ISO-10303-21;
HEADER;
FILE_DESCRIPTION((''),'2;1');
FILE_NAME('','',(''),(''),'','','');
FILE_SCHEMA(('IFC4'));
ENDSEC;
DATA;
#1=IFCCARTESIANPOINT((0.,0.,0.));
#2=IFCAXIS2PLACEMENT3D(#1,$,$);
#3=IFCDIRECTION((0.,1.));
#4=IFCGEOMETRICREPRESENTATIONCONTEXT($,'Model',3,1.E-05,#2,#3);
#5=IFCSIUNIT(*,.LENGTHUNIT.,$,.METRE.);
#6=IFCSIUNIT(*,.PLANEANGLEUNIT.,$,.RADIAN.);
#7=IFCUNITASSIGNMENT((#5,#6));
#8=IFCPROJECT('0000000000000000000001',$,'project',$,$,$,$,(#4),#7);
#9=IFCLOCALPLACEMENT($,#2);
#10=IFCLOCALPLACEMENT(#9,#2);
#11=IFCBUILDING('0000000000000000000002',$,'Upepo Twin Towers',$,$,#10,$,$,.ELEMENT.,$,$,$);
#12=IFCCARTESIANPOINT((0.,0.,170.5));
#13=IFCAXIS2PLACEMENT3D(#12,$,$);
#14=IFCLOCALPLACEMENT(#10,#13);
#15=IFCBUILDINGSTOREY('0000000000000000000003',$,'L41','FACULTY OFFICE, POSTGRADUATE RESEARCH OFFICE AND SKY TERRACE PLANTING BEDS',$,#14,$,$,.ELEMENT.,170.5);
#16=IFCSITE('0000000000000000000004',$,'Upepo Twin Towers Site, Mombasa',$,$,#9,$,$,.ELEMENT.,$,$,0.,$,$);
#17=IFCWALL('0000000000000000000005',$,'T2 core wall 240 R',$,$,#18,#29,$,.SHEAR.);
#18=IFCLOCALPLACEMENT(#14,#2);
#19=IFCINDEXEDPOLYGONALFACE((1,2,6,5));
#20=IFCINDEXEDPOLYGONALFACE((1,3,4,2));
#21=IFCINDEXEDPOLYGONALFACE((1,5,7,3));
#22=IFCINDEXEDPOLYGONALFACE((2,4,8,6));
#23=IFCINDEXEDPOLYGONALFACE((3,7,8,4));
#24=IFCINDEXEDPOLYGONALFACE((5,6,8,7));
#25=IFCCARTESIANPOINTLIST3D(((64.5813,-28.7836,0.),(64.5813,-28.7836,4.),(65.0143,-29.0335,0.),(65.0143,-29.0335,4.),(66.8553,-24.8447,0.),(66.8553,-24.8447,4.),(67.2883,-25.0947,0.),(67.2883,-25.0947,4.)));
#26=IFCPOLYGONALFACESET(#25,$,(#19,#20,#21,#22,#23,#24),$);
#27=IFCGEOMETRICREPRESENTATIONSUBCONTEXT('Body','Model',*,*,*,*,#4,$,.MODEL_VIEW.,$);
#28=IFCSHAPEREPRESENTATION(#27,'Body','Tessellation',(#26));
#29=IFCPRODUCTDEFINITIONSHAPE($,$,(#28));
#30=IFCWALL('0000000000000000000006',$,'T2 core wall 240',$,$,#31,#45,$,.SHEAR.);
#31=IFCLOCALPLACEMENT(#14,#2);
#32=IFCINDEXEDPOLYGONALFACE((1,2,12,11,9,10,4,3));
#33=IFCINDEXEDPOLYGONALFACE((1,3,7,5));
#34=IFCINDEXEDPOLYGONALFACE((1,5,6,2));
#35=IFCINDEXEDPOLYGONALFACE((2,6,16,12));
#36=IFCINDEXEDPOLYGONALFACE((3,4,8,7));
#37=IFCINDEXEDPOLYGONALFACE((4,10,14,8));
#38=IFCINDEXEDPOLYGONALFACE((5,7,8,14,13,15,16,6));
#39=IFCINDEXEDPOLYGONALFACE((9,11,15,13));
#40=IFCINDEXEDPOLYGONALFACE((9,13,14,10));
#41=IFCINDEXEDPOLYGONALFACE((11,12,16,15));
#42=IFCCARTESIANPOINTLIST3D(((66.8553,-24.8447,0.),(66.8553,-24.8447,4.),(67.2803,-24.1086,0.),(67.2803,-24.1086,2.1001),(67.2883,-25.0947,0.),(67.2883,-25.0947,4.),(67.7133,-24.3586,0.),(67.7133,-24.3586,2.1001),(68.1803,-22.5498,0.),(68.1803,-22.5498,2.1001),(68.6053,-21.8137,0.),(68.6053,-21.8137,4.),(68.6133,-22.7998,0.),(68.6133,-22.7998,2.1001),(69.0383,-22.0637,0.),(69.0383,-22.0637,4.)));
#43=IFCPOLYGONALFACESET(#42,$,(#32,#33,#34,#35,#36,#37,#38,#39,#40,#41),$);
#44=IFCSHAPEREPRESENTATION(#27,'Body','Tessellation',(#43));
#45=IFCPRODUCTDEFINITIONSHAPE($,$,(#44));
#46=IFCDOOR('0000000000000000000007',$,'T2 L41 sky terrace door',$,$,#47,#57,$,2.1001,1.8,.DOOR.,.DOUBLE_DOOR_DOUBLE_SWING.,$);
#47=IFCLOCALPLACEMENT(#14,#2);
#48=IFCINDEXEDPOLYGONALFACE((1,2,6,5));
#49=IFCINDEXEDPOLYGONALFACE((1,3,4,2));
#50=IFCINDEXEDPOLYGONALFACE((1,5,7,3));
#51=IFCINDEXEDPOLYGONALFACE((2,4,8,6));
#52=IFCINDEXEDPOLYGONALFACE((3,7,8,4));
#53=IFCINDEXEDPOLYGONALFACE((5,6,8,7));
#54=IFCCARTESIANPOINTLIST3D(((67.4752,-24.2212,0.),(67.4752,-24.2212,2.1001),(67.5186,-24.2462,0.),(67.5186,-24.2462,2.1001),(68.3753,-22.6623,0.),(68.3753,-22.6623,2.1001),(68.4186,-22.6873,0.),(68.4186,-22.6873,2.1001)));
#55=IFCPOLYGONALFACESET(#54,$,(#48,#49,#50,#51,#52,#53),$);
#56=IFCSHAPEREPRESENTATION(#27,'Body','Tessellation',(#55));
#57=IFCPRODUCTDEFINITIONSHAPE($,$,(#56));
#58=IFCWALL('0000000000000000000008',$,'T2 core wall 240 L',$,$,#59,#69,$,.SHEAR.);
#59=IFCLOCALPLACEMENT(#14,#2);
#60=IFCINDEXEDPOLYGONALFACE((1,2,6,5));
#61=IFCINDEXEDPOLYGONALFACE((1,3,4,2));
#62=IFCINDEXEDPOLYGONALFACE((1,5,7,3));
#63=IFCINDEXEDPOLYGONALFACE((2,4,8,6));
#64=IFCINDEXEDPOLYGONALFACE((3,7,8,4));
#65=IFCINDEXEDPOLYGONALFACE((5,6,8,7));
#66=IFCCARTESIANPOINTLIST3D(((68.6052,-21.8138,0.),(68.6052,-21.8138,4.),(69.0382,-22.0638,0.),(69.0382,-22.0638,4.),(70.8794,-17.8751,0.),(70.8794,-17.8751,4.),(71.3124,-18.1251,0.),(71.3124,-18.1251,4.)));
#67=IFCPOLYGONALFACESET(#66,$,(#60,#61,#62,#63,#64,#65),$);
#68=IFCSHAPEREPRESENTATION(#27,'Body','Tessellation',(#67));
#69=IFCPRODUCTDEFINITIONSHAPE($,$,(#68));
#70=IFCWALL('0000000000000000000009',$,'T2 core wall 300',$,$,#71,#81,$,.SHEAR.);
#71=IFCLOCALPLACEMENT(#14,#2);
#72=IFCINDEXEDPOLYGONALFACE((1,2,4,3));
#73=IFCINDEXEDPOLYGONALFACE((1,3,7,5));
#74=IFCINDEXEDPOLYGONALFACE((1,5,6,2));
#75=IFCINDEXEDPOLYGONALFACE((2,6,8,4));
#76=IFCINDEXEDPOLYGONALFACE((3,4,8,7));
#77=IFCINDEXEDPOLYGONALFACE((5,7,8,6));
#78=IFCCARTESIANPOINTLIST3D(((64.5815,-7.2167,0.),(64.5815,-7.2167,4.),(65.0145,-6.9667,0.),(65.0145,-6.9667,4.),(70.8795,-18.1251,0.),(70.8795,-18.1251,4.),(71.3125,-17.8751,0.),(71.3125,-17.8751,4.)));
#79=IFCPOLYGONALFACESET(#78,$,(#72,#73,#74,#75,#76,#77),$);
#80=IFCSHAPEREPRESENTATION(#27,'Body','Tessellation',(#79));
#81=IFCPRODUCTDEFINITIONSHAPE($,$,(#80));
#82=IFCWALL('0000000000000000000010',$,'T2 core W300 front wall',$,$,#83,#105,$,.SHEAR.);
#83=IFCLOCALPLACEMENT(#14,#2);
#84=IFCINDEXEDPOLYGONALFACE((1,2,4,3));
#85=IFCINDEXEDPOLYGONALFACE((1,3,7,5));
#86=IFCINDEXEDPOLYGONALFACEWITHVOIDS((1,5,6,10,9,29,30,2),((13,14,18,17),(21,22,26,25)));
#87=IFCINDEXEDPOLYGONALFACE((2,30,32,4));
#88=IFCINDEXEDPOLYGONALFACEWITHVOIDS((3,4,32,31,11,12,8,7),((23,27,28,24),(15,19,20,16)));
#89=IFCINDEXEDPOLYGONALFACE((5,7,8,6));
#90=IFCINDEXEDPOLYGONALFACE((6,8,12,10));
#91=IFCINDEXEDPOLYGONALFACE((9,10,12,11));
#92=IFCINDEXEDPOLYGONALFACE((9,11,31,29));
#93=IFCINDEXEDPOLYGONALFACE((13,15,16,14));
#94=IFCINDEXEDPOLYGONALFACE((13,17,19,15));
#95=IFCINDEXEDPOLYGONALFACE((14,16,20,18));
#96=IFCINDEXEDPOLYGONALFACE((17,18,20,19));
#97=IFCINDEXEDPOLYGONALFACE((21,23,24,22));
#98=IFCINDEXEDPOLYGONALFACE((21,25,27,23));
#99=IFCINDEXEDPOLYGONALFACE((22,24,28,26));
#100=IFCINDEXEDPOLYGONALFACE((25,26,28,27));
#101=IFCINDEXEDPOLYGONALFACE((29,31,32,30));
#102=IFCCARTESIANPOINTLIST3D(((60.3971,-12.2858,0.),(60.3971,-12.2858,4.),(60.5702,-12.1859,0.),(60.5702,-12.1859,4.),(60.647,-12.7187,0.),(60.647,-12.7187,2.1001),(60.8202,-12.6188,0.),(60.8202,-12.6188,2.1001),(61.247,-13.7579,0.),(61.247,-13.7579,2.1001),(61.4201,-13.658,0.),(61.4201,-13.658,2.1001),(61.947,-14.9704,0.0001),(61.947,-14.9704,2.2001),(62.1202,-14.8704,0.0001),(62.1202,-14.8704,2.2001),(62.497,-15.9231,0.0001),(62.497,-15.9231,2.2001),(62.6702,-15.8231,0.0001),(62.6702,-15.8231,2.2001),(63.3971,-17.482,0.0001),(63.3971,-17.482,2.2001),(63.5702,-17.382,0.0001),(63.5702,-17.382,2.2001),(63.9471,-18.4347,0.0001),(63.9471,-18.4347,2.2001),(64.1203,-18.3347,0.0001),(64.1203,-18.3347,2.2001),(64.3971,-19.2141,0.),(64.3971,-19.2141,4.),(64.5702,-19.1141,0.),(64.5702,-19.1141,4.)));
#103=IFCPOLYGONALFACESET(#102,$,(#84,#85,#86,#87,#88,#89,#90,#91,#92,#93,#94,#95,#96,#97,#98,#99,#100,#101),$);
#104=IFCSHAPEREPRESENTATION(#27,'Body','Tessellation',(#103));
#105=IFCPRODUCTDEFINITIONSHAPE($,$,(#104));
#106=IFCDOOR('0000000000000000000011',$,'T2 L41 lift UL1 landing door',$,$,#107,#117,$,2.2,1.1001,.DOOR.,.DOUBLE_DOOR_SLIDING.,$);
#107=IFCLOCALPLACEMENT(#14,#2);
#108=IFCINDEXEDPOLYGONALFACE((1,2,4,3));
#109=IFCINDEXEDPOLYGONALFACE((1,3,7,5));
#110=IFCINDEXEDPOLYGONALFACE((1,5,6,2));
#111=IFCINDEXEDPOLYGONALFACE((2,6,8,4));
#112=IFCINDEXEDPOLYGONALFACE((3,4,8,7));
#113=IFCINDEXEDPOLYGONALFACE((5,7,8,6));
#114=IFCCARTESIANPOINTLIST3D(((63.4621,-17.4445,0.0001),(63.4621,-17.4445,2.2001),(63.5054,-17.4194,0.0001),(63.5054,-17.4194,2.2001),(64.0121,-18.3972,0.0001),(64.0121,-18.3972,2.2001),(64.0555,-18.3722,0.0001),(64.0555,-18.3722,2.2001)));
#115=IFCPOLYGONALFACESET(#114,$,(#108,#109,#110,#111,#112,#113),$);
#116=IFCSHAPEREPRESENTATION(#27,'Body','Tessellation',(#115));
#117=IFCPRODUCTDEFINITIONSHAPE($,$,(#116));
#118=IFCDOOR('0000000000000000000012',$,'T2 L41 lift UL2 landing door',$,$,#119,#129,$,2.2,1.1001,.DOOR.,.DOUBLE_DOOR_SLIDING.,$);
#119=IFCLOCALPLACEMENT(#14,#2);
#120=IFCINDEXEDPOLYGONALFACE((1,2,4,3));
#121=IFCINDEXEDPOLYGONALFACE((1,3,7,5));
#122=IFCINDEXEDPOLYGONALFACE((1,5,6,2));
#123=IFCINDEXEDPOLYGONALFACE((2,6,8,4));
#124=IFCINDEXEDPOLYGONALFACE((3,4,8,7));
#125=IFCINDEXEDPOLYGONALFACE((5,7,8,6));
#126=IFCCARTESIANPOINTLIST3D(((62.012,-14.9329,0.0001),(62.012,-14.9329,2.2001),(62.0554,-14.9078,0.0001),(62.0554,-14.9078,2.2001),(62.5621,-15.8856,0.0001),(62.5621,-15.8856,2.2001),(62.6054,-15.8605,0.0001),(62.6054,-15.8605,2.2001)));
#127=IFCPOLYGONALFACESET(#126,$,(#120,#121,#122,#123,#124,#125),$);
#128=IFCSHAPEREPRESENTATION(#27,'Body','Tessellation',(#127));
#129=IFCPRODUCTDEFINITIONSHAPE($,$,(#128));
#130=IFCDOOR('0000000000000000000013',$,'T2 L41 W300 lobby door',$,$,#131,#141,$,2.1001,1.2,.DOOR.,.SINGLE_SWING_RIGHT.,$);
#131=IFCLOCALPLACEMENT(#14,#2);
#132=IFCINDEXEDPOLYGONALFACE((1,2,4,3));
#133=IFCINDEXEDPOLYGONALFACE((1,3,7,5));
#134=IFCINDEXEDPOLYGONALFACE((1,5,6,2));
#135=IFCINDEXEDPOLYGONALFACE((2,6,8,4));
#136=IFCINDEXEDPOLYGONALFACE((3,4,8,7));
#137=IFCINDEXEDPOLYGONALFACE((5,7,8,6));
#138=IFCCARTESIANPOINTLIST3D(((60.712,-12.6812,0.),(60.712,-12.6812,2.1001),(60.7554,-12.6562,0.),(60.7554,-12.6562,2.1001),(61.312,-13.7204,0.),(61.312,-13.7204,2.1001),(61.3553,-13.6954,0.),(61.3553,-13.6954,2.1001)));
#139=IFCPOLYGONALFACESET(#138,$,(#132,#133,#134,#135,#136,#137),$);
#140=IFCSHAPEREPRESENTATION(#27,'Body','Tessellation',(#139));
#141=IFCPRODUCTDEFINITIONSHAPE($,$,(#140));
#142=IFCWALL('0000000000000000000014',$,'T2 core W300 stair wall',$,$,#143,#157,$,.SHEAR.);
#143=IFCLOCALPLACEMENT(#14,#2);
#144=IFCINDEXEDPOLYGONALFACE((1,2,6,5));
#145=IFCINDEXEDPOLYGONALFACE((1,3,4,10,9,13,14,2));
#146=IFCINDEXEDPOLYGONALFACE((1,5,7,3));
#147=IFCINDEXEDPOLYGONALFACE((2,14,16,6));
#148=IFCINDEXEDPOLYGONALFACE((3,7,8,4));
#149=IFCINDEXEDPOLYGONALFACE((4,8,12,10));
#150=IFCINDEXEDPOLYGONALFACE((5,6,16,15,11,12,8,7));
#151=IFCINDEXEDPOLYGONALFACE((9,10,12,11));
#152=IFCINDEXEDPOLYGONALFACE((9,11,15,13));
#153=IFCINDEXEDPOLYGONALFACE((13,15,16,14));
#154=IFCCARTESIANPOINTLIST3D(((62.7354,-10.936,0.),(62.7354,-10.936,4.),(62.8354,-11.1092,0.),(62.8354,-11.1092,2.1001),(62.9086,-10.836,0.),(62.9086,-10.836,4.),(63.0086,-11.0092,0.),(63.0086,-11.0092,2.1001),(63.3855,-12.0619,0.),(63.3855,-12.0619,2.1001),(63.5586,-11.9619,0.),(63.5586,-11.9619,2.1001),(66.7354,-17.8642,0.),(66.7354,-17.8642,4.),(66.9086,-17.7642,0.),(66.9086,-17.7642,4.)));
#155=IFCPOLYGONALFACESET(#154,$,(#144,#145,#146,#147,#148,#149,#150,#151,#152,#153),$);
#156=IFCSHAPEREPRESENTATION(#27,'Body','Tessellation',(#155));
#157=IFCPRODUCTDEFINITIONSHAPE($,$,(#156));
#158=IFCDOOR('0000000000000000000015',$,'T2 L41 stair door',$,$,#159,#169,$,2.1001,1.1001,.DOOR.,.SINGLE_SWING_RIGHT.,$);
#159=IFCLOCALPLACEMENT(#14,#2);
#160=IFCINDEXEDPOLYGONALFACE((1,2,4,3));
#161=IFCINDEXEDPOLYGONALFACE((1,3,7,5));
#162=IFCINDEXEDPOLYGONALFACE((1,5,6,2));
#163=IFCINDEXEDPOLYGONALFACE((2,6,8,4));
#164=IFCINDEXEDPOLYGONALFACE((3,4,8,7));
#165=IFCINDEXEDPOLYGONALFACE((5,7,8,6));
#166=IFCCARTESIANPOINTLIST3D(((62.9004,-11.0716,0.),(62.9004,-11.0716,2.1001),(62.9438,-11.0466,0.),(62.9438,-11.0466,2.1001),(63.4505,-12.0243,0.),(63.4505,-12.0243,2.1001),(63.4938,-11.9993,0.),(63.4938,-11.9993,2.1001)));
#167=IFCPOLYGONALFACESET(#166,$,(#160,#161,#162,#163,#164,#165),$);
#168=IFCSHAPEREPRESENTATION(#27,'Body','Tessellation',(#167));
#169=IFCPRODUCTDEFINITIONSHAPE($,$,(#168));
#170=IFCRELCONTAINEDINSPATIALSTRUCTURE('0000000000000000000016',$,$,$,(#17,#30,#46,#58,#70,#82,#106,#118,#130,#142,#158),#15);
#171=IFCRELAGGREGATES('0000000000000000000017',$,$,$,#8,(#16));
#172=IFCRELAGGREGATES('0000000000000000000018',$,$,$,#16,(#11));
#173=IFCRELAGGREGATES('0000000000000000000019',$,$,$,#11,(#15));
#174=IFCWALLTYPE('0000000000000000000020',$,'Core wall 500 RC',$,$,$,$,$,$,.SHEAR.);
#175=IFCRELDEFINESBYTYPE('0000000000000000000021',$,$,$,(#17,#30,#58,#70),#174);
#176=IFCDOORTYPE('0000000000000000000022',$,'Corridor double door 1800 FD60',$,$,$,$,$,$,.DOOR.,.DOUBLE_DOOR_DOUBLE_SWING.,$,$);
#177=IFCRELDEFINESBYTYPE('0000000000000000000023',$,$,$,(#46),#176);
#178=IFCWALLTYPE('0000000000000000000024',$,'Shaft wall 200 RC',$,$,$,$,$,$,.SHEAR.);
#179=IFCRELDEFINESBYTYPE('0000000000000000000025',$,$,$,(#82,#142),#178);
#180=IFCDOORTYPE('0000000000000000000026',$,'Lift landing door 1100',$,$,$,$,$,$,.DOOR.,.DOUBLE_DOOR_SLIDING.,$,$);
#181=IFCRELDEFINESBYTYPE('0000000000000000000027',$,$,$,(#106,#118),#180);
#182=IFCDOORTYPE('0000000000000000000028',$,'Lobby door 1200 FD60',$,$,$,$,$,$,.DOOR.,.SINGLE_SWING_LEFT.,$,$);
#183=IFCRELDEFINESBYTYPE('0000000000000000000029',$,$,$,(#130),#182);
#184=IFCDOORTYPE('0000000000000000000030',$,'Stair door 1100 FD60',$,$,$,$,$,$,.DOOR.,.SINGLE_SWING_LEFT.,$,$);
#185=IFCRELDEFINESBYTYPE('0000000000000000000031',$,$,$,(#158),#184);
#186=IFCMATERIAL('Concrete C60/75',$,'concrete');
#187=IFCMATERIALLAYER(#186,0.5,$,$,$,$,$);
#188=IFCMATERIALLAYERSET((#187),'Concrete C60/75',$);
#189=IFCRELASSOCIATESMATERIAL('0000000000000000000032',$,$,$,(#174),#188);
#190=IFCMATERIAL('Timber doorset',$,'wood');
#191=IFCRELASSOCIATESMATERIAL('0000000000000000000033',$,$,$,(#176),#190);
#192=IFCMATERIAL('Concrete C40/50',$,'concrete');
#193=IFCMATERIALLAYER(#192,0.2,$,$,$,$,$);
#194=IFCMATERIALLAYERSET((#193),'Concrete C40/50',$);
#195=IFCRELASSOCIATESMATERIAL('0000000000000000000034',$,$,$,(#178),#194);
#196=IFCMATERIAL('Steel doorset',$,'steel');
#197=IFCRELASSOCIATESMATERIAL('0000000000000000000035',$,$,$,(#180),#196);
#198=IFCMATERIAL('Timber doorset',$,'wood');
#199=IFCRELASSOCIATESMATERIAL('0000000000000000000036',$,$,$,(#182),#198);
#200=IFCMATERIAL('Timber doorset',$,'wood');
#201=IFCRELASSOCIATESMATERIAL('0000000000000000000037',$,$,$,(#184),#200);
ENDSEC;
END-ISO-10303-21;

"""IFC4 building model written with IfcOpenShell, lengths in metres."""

from ifc_helpers import new_model, si_unit, direction, frame, frame_2d, origin, place, context, subcontext, project, spatial, rectangle, extrude, material, layer, layer_set, type_object, element, fill, save


model = new_model("IFC4")

# Units and contexts
model_context = context("Model", 3, precision=1e-05, world=origin(), true_north=direction((0.0, 1.0)))
body_context = subcontext(model_context, "Body", "Model", "MODEL_VIEW")
ifc_project = project(units=[si_unit("LENGTHUNIT", "METRE"), si_unit("PLANEANGLEUNIT", "RADIAN")], contexts=[model_context])

# Site, building, storey
site_placement = place(None, origin())
site = spatial("IfcSite", under=ifc_project, at=site_placement, Name="Upepo Twin Towers Site, Mombasa", CompositionType="ELEMENT", RefElevation=0.0)
building_placement = place(site_placement, origin())
building = spatial("IfcBuilding", under=site, at=building_placement, Name="Upepo Twin Towers", CompositionType="ELEMENT")
storey_placement = place(building_placement, frame((0.0, 0.0, 170.5)))
storey = spatial("IfcBuildingStorey", under=building, at=storey_placement, Name="L41", Description="FACULTY OFFICE, POSTGRADUATE RESEARCH OFFICE AND SKY TERRACE PLANTING BEDS", CompositionType="ELEMENT", Elevation=170.5)

# Wall
ifc_material_1 = material(Name="Concrete C60/75", Category="concrete")
ifc_layer_1 = layer(ifc_material_1, 0.5)
ifc_layer_set_1 = layer_set([ifc_layer_1], Name="Concrete C60/75")
wall_type_1 = type_object("IfcWallType", Name="Core wall 500 RC", PredefinedType="SHEAR", material=ifc_layer_set_1)
wall_1_placement = place(storey_placement, frame((64.7979, -28.9084, 0.0), z_axis=(0.0, 0.0, 1.0), x_axis=(0.499984, 0.866035, 0.0)))
element("IfcWall", 1, at=wall_1_placement, inside=storey, type_object=wall_type_1, Name="T2 core wall 240 R", PredefinedType="SHEAR", context=body_context, shape_type="SweptSolid", body=[
    extrude(rectangle(XDim=4.5481, YDim=0.5, at=frame_2d((2.2739, 0.0))), origin(), (0.0, 0.0, 1.0), 4.0),
])

# Wall, opening, door
wall_2_placement = place(storey_placement, frame((67.0718, -24.9697, 0.0), z_axis=(0.0, 0.0, 1.0), x_axis=(0.50001, 0.866019, 0.0)))
wall_2 = element("IfcWall", 2, at=wall_2_placement, inside=storey, type_object=wall_type_1, Name="T2 core wall 240", PredefinedType="SHEAR", context=body_context, shape_type="SweptSolid", body=[
    extrude(rectangle(XDim=3.5, YDim=0.5, at=frame_2d((1.75, 0.0))), origin(), (0.0, 0.0, 1.0), 4.0),
])
opening_1_placement = place(wall_2_placement, frame((0.8501, 0.0, 0.0)))
opening_1 = element("IfcOpeningElement", 3, at=opening_1_placement, cuts=wall_2, PredefinedType="OPENING", context=body_context, shape_type="SweptSolid", body=[
    extrude(rectangle(XDim=1.8, YDim=2.1001, at=frame_2d((0.8999, 1.05))), frame((0.0, 0.26, 0.0), z_axis=(0.0, -1.0, 0.0), x_axis=(1.0, 0.0, 0.0)), (0.0, 0.0, 1.0), 0.52),
])
ifc_material_2 = material(Name="Timber doorset", Category="wood")
door_type_1 = type_object("IfcDoorType", Name="Corridor double door 1800 FD60", OperationType="DOUBLE_DOOR_DOUBLE_SWING", PredefinedType="DOOR", material=ifc_material_2)
door_1_placement = place(opening_1_placement, origin())
door_1 = element("IfcDoor", 4, at=door_1_placement, inside=storey, type_object=door_type_1, Name="T2 L41 sky terrace door", OperationType="DOUBLE_DOOR_DOUBLE_SWING", OverallHeight=2.1001, OverallWidth=1.8, PredefinedType="DOOR", context=body_context, shape_type="SweptSolid", body=[
    extrude(rectangle(XDim=1.8, YDim=2.1001, at=frame_2d((0.8999, 1.05))), frame((0.0, 0.0249, 0.0), z_axis=(0.0, -1.0, 0.0), x_axis=(1.0, 0.0, 0.0)), (0.0, 0.0, 1.0), 0.05),
])
fill(opening_1, door_1)

# Walls
wall_3_placement = place(storey_placement, frame((68.8218, -21.9387, 0.0), z_axis=(0.0, 0.0, 1.0), x_axis=(0.500024, 0.866011, 0.0)))
element("IfcWall", 5, at=wall_3_placement, inside=storey, type_object=wall_type_1, Name="T2 core wall 240 L", PredefinedType="SHEAR", context=body_context, shape_type="SweptSolid", body=[
    extrude(rectangle(XDim=4.5481, YDim=0.5, at=frame_2d((2.2739, 0.0))), origin(), (0.0, 0.0, 1.0), 4.0),
])
wall_4_placement = place(storey_placement, frame((71.0959, -18.0, 0.0), z_axis=(0.0, 0.0, 1.0), x_axis=(-0.500006, 0.866022, 0.0)))
element("IfcWall", 6, at=wall_4_placement, inside=storey, type_object=wall_type_1, Name="T2 core wall 300", PredefinedType="SHEAR", context=body_context, shape_type="SweptSolid", body=[
    extrude(rectangle(XDim=12.5959, YDim=0.5, at=frame_2d((6.2979, 0.0))), origin(), (0.0, 0.0, 1.0), 4.0),
])

# Wall, openings, doors
ifc_material_3 = material(Name="Concrete C40/50", Category="concrete")
ifc_layer_2 = layer(ifc_material_3, 0.2)
ifc_layer_set_2 = layer_set([ifc_layer_2], Name="Concrete C40/50")
wall_type_2 = type_object("IfcWallType", Name="Shaft wall 200 RC", PredefinedType="SHEAR", material=ifc_layer_set_2)
wall_5_placement = place(storey_placement, frame((64.4836, -19.1641, 0.0), z_axis=(0.0, 0.0, 1.0), x_axis=(-0.499999, 0.866026, 0.0)))
wall_5 = element("IfcWall", 7, at=wall_5_placement, inside=storey, type_object=wall_type_2, Name="T2 core W300 front wall", PredefinedType="SHEAR", context=body_context, shape_type="SweptSolid", body=[
    extrude(rectangle(XDim=8.0, YDim=0.2, at=frame_2d((4.0, 0.0))), origin(), (0.0, 0.0, 1.0), 4.0),
])
opening_2_placement = place(wall_5_placement, frame((6.3, 0.0, 0.0)))
opening_2 = element("IfcOpeningElement", 8, at=opening_2_placement, cuts=wall_5, PredefinedType="OPENING", context=body_context, shape_type="SweptSolid", body=[
    extrude(rectangle(XDim=1.2, YDim=2.1001, at=frame_2d((0.6001, 1.05))), frame((0.0, 0.1099, 0.0), z_axis=(0.0, -1.0, 0.0), x_axis=(1.0, 0.0, 0.0)), (0.0, 0.0, 1.0), 0.22),
])
opening_3_placement = place(wall_5_placement, frame((0.8999, 0.0, 0.0)))
opening_3 = element("IfcOpeningElement", 9, at=opening_3_placement, cuts=wall_5, PredefinedType="OPENING", context=body_context, shape_type="SweptSolid", body=[
    extrude(rectangle(XDim=1.1001, YDim=2.2, at=frame_2d((0.55, 1.1001))), frame((0.0, 0.1099, 0.0), z_axis=(0.0, -1.0, 0.0), x_axis=(1.0, 0.0, 0.0)), (0.0, 0.0, 1.0), 0.22),
])
opening_4_placement = place(wall_5_placement, frame((3.8, 0.0, 0.0)))
opening_4 = element("IfcOpeningElement", 10, at=opening_4_placement, cuts=wall_5, PredefinedType="OPENING", context=body_context, shape_type="SweptSolid", body=[
    extrude(rectangle(XDim=1.1001, YDim=2.2, at=frame_2d((0.55, 1.1001))), frame((0.0, 0.1099, 0.0), z_axis=(0.0, -1.0, 0.0), x_axis=(1.0, 0.0, 0.0)), (0.0, 0.0, 1.0), 0.22),
])
ifc_material_4 = material(Name="Steel doorset", Category="steel")
door_type_2 = type_object("IfcDoorType", Name="Lift landing door 1100", OperationType="DOUBLE_DOOR_SLIDING", PredefinedType="DOOR", material=ifc_material_4)
door_2_placement = place(opening_3_placement, origin())
door_2 = element("IfcDoor", 11, at=door_2_placement, inside=storey, type_object=door_type_2, Name="T2 L41 lift UL1 landing door", OperationType="DOUBLE_DOOR_SLIDING", OverallHeight=2.2, OverallWidth=1.1001, PredefinedType="DOOR", context=body_context, shape_type="SweptSolid", body=[
    extrude(rectangle(XDim=1.1001, YDim=2.2, at=frame_2d((0.55, 1.1001))), frame((0.0, 0.0249, 0.0), z_axis=(0.0, -1.0, 0.0), x_axis=(1.0, 0.0, 0.0)), (0.0, 0.0, 1.0), 0.05),
])
fill(opening_3, door_2)
door_3_placement = place(opening_4_placement, origin())
door_3 = element("IfcDoor", 12, at=door_3_placement, inside=storey, type_object=door_type_2, Name="T2 L41 lift UL2 landing door", OperationType="DOUBLE_DOOR_SLIDING", OverallHeight=2.2, OverallWidth=1.1001, PredefinedType="DOOR", context=body_context, shape_type="SweptSolid", body=[
    extrude(rectangle(XDim=1.1001, YDim=2.2, at=frame_2d((0.55, 1.1001))), frame((0.0, 0.0249, 0.0), z_axis=(0.0, -1.0, 0.0), x_axis=(1.0, 0.0, 0.0)), (0.0, 0.0, 1.0), 0.05),
])
fill(opening_4, door_3)
ifc_material_5 = material(Name="Timber doorset", Category="wood")
door_type_3 = type_object("IfcDoorType", Name="Lobby door 1200 FD60", OperationType="SINGLE_SWING_LEFT", PredefinedType="DOOR", material=ifc_material_5)
door_4_placement = place(opening_2_placement, origin())
door_4 = element("IfcDoor", 13, at=door_4_placement, inside=storey, type_object=door_type_3, Name="T2 L41 W300 lobby door", OperationType="SINGLE_SWING_RIGHT", OverallHeight=2.1001, OverallWidth=1.2, PredefinedType="DOOR", context=body_context, shape_type="SweptSolid", body=[
    extrude(rectangle(XDim=1.2, YDim=2.1001, at=frame_2d((0.6001, 1.05))), frame((0.0, 0.0249, 0.0), z_axis=(0.0, -1.0, 0.0), x_axis=(1.0, 0.0, 0.0)), (0.0, 0.0, 1.0), 0.05),
])
fill(opening_2, door_4)

# Wall, opening, door
wall_6_placement = place(storey_placement, frame((66.822, -17.8142, 0.0), z_axis=(0.0, 0.0, 1.0), x_axis=(-0.499999, 0.866026, 0.0)))
wall_6 = element("IfcWall", 14, at=wall_6_placement, inside=storey, type_object=wall_type_2, Name="T2 core W300 stair wall", PredefinedType="SHEAR", context=body_context, shape_type="SweptSolid", body=[
    extrude(rectangle(XDim=8.0, YDim=0.2, at=frame_2d((4.0, 0.0))), origin(), (0.0, 0.0, 1.0), 4.0),
])
opening_5_placement = place(wall_6_placement, frame((6.7, 0.0, 0.0)))
opening_5 = element("IfcOpeningElement", 15, at=opening_5_placement, cuts=wall_6, PredefinedType="OPENING", context=body_context, shape_type="SweptSolid", body=[
    extrude(rectangle(XDim=1.1001, YDim=2.1001, at=frame_2d((0.55, 1.05))), frame((0.0, 0.1099, 0.0), z_axis=(0.0, -1.0, 0.0), x_axis=(1.0, 0.0, 0.0)), (0.0, 0.0, 1.0), 0.22),
])
ifc_material_6 = material(Name="Timber doorset", Category="wood")
door_type_4 = type_object("IfcDoorType", Name="Stair door 1100 FD60", OperationType="SINGLE_SWING_LEFT", PredefinedType="DOOR", material=ifc_material_6)
door_5_placement = place(opening_5_placement, origin())
door_5 = element("IfcDoor", 16, at=door_5_placement, inside=storey, type_object=door_type_4, Name="T2 L41 stair door", OperationType="SINGLE_SWING_RIGHT", OverallHeight=2.1001, OverallWidth=1.1001, PredefinedType="DOOR", context=body_context, shape_type="SweptSolid", body=[
    extrude(rectangle(XDim=1.1001, YDim=2.1001, at=frame_2d((0.55, 1.05))), frame((0.0, 0.0249, 0.0), z_axis=(0.0, -1.0, 0.0), x_axis=(1.0, 0.0, 0.0)), (0.0, 0.0, 1.0), 0.05),
])
fill(opening_5, door_5)

save(model, "model.ifc")
